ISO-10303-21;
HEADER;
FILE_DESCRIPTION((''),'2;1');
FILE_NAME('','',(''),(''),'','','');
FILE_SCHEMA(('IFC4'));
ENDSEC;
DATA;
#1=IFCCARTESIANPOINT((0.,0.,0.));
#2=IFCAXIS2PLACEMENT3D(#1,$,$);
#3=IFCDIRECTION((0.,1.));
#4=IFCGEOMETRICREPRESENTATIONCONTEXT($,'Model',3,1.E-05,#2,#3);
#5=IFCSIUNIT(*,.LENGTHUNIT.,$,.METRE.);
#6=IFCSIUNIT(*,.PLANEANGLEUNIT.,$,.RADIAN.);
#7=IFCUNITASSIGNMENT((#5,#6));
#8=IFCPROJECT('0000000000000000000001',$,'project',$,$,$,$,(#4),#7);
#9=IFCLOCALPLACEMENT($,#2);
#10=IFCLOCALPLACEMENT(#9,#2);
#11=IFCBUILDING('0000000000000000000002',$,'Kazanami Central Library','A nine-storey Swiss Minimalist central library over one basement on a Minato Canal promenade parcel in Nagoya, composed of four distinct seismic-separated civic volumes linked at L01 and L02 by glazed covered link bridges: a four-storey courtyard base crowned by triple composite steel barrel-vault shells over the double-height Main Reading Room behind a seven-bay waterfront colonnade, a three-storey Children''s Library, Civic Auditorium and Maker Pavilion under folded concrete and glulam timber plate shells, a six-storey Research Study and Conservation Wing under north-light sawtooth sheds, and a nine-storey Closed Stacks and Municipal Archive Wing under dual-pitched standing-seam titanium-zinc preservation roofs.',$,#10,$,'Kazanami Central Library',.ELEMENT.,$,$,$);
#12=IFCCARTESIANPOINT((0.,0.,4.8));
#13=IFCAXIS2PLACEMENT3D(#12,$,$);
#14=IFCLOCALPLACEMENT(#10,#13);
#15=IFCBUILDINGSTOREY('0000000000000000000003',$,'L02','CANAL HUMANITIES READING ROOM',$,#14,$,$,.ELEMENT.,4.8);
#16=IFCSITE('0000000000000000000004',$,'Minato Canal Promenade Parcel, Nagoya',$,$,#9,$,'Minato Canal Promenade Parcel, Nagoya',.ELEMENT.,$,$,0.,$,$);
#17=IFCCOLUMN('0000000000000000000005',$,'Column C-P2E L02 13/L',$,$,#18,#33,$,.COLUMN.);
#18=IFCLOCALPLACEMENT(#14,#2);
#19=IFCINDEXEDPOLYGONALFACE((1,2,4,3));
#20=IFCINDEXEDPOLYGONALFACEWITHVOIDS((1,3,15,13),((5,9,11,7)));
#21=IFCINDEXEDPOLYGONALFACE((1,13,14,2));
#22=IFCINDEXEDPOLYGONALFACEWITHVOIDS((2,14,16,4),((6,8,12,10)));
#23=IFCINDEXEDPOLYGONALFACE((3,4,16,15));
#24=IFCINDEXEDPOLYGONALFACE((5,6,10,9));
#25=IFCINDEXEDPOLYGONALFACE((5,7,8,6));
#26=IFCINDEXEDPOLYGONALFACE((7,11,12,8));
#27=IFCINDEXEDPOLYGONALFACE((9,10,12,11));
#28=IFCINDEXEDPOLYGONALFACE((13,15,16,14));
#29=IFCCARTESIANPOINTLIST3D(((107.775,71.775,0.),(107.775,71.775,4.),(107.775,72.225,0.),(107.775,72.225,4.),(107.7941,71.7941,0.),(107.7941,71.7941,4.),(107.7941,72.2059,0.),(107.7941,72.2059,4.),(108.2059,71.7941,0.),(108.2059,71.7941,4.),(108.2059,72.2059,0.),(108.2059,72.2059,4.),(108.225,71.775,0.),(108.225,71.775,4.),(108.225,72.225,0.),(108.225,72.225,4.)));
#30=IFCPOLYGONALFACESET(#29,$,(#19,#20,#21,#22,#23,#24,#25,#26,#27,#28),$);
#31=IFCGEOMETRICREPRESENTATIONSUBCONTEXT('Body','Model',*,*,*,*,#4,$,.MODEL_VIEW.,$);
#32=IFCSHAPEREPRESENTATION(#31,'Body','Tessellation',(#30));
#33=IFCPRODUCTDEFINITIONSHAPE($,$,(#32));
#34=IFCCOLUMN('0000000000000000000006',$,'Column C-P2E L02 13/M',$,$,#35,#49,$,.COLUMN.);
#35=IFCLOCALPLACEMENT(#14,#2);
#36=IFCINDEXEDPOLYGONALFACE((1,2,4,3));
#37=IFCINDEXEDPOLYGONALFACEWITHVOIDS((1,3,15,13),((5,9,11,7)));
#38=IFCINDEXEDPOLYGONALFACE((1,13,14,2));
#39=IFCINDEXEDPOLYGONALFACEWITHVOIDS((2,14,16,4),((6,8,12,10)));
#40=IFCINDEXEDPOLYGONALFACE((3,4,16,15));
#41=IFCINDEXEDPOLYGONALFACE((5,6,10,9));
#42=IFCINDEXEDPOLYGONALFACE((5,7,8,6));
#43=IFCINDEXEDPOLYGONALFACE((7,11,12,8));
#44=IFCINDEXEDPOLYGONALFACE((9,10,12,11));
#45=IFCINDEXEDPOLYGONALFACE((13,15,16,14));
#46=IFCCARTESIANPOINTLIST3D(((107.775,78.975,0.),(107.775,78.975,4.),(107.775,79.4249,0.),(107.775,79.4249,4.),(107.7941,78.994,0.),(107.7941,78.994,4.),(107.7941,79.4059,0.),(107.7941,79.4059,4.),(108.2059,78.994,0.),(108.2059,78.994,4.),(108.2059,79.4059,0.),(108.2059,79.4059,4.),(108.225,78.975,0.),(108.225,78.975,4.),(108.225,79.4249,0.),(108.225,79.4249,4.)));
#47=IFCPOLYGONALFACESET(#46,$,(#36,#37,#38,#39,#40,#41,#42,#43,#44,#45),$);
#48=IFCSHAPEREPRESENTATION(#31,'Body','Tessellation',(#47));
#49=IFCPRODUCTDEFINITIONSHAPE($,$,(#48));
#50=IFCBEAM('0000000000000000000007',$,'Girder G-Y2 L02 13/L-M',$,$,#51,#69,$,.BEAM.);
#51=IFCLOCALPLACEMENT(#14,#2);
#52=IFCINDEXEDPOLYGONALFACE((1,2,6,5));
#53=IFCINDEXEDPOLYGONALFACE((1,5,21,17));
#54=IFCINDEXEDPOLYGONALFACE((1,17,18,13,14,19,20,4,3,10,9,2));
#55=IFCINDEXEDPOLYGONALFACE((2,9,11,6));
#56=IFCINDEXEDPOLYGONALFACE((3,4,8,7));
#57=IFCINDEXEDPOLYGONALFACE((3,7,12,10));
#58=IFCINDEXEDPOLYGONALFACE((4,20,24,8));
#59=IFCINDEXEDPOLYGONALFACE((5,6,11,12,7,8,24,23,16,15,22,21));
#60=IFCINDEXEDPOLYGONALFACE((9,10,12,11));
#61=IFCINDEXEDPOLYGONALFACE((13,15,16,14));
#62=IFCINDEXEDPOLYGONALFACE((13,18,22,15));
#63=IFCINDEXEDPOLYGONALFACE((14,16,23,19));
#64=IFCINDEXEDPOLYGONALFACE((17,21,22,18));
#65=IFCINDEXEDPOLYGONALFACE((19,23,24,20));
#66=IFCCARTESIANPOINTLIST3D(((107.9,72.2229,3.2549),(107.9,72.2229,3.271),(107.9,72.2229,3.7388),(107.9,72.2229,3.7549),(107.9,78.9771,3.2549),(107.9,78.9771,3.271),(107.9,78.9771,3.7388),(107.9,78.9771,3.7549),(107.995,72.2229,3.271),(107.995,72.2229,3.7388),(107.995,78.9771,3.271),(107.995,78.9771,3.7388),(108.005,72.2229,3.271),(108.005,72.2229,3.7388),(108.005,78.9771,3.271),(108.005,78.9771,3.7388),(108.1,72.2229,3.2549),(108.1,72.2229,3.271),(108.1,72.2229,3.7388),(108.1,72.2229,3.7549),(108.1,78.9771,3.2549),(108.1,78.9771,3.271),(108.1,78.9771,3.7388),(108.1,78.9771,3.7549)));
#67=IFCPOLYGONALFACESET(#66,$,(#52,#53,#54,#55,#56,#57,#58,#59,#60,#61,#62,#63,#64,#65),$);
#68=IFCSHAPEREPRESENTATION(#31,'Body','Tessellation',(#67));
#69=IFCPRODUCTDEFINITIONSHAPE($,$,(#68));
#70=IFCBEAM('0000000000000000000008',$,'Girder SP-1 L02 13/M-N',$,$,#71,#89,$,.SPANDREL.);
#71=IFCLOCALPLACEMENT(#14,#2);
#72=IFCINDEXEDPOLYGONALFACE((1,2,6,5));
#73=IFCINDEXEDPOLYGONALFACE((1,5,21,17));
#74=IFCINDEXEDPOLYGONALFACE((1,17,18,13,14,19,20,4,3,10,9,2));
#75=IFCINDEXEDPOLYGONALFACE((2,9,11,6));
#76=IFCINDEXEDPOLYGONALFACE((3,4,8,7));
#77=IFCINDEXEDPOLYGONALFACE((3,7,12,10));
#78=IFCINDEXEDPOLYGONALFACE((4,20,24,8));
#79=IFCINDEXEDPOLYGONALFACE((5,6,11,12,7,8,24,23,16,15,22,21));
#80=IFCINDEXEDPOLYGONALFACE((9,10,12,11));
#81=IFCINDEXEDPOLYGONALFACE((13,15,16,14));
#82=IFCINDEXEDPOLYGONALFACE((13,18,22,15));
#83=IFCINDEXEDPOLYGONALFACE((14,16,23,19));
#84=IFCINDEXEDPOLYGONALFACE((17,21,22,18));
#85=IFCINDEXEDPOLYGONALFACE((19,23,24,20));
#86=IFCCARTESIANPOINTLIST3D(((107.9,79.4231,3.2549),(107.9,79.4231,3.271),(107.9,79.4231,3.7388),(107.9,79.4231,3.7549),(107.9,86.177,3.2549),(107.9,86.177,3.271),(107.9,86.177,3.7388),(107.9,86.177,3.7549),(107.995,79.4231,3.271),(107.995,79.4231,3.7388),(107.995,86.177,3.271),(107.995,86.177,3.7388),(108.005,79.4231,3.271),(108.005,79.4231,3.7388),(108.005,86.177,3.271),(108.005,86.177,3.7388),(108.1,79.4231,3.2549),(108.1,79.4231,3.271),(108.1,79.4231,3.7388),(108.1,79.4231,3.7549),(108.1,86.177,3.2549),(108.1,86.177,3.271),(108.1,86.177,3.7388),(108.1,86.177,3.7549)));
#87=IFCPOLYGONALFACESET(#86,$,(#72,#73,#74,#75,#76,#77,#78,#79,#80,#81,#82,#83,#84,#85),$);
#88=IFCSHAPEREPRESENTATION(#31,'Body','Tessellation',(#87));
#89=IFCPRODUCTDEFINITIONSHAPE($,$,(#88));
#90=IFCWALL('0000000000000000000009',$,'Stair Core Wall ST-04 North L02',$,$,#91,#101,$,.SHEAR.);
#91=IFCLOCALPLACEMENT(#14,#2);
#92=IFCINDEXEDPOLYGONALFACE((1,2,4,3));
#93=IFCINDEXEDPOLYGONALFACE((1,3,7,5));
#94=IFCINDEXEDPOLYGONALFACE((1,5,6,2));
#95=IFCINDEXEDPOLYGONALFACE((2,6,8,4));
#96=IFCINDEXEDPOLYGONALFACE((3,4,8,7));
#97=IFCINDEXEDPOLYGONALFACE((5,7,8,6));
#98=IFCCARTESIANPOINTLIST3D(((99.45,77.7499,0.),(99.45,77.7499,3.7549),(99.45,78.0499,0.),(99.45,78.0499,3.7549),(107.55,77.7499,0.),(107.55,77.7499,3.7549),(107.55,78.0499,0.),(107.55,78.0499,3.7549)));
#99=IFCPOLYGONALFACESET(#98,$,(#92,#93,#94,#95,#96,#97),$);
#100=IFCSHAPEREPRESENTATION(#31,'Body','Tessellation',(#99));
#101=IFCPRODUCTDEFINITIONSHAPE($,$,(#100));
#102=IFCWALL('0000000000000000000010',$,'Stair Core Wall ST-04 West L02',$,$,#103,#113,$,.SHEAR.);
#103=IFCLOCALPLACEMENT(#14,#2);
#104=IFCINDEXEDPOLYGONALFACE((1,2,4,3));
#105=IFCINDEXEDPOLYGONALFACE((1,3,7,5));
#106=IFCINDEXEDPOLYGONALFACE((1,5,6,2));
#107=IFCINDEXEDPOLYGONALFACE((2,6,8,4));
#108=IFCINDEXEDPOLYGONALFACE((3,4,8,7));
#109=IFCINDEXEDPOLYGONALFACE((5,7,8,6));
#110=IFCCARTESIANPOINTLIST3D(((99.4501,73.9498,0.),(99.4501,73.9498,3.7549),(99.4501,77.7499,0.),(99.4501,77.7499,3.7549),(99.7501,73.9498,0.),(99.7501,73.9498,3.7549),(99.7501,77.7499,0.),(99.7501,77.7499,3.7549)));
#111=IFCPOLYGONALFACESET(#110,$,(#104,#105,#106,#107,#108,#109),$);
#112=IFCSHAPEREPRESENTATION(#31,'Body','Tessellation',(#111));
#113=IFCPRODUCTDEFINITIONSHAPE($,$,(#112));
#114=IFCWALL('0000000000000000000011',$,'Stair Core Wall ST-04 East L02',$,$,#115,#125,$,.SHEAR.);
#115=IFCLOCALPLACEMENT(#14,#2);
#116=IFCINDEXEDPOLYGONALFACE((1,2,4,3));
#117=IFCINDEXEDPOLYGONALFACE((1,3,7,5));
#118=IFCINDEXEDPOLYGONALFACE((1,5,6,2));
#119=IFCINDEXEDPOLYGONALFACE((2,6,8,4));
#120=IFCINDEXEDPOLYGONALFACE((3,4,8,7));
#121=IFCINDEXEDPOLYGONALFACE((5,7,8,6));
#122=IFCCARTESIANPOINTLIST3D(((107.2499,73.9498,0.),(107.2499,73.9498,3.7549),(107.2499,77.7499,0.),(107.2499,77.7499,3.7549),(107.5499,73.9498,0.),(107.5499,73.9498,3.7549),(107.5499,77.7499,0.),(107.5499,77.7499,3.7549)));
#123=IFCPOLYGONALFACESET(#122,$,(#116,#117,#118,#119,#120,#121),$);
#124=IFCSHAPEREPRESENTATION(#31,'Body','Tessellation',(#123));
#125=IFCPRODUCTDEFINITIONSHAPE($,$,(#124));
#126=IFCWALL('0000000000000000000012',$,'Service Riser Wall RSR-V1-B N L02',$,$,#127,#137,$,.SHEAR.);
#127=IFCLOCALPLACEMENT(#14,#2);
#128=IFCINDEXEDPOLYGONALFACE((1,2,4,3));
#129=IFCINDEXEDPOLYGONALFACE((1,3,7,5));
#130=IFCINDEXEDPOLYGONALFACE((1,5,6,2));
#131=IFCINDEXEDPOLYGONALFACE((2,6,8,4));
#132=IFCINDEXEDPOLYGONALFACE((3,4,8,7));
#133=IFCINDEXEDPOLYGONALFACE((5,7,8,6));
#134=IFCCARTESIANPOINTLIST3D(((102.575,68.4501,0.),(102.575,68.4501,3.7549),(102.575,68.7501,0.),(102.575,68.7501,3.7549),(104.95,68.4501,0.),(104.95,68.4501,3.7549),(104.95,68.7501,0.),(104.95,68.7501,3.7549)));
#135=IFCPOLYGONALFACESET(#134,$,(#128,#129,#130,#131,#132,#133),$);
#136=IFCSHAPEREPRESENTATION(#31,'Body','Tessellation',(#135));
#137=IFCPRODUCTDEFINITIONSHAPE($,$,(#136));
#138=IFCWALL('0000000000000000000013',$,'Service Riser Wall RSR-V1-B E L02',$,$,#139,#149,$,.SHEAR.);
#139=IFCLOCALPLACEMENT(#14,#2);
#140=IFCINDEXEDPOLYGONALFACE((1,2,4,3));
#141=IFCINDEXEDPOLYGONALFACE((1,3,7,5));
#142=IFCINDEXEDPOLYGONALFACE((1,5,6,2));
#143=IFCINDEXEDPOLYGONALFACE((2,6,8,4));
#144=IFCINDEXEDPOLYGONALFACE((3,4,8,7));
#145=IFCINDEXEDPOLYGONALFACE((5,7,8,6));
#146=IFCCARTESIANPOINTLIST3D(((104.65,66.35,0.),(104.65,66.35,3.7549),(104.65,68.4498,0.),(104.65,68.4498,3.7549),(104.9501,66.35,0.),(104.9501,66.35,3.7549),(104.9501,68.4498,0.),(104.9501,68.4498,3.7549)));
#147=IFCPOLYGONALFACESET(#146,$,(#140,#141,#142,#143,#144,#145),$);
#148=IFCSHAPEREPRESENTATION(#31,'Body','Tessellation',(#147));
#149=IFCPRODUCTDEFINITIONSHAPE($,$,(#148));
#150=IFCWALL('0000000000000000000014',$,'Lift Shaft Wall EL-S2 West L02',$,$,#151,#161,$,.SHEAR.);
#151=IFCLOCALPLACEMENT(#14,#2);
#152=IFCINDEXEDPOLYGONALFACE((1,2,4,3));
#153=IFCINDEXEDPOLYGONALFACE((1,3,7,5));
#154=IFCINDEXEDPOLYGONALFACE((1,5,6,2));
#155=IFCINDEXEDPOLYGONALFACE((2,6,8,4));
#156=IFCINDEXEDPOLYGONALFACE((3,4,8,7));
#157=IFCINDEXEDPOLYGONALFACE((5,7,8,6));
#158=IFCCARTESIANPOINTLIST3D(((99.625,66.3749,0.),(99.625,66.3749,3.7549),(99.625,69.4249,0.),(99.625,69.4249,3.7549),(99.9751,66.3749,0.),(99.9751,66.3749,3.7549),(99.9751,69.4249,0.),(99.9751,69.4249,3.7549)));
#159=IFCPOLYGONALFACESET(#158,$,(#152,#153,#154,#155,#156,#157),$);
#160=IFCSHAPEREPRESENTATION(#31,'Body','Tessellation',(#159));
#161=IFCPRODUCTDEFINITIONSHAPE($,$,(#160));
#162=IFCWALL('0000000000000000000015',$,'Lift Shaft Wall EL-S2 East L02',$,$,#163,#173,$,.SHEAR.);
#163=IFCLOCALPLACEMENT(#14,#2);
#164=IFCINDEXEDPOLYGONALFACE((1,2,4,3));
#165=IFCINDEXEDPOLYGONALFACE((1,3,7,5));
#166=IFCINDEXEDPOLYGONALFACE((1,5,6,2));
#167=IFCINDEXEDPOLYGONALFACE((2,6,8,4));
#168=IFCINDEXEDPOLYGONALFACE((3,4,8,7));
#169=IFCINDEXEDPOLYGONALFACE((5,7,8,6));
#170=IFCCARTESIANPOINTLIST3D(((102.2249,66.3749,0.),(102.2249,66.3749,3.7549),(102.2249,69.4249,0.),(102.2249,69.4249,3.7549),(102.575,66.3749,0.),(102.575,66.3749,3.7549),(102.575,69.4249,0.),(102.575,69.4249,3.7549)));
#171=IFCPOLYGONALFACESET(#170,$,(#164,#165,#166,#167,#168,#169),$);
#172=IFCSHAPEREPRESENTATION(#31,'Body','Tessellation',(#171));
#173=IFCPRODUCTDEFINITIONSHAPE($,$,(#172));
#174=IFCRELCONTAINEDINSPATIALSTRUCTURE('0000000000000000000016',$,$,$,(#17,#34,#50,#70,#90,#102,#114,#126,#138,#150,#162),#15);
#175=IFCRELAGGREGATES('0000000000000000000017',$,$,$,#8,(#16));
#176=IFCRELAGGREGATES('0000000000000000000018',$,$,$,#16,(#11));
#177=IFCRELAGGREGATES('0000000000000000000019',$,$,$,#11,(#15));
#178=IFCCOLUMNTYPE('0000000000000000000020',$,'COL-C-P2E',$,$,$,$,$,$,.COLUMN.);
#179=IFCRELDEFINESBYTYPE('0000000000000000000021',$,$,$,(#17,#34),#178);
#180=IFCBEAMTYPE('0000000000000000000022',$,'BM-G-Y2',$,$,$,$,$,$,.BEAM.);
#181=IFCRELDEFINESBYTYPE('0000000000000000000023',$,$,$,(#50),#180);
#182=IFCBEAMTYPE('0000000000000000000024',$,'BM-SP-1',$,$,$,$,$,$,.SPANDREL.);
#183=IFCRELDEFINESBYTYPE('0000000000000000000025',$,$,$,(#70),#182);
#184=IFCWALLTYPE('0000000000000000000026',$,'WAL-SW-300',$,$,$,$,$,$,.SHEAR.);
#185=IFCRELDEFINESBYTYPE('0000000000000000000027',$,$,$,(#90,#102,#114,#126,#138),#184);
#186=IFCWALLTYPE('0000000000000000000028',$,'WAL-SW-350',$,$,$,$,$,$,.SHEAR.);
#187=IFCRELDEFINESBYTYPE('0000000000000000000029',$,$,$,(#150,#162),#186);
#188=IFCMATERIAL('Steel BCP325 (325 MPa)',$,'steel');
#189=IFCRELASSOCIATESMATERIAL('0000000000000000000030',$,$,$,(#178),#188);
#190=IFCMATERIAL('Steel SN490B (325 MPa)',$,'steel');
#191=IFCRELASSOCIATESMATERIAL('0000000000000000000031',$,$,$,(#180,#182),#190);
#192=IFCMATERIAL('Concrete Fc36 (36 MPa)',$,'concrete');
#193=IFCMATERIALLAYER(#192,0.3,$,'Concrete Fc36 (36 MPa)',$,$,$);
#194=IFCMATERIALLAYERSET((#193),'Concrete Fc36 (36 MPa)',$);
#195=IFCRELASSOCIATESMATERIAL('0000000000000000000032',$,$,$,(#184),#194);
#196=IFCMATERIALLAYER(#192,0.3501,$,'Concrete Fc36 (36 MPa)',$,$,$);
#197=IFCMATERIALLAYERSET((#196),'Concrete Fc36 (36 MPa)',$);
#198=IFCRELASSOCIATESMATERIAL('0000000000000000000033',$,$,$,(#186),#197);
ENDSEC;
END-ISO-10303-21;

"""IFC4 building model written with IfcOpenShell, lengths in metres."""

from ifc_helpers import new_model, si_unit, direction, frame, frame_2d, origin, origin_2d, place, context, subcontext, project, spatial, rectangle, hollow_rectangle, i_section, extrude, material, layer, layer_set, material_profile, profile_set, type_object, element, save


model = new_model("IFC4")

# Units and contexts
model_context = context("Model", 3, precision=1e-05, world=origin(), true_north=direction((0.0, 1.0)))
body_context = subcontext(model_context, "Body", "Model", "MODEL_VIEW")
ifc_project = project(units=[si_unit("LENGTHUNIT", "METRE"), si_unit("PLANEANGLEUNIT", "RADIAN")], contexts=[model_context])

# Site, building, storey
site_placement = place(None, origin())
site = spatial("IfcSite", under=ifc_project, at=site_placement, Name="Minato Canal Promenade Parcel, Nagoya", LongName="Minato Canal Promenade Parcel, Nagoya", CompositionType="ELEMENT", RefElevation=0.0)
building_placement = place(site_placement, origin())
building = spatial("IfcBuilding", under=site, at=building_placement, Name="Kazanami Central Library", Description="A nine-storey Swiss Minimalist central library over one basement on a Minato Canal promenade parcel in Nagoya, composed of four distinct seismic-separated civic volumes linked at L01 and L02 by glazed covered link bridges: a four-storey courtyard base crowned by triple composite steel barrel-vault shells over the double-height Main Reading Room behind a seven-bay waterfront colonnade, a three-storey Children's Library, Civic Auditorium and Maker Pavilion under folded concrete and glulam timber plate shells, a six-storey Research Study and Conservation Wing under north-light sawtooth sheds, and a nine-storey Closed Stacks and Municipal Archive Wing under dual-pitched standing-seam titanium-zinc preservation roofs.", LongName="Kazanami Central Library", CompositionType="ELEMENT")
storey_placement = place(building_placement, frame((0.0, 0.0, 4.8)))
storey = spatial("IfcBuildingStorey", under=building, at=storey_placement, Name="L02", Description="CANAL HUMANITIES READING ROOM", CompositionType="ELEMENT", Elevation=4.8)

# Columns
ifc_material_1 = material(Name="Steel BCP325 (325 MPa)", Category="steel")
ifc_material_profile_1 = material_profile(ifc_material_1, hollow_rectangle(XDim=0.45, YDim=0.45, WallThickness=0.019, at=origin_2d()), Name="BCP-450x450x19")
ifc_profile_set_1 = profile_set([ifc_material_profile_1], Name="Steel BCP325 (325 MPa)")
column_type = type_object("IfcColumnType", Name="COL-C-P2E", PredefinedType="COLUMN", material=ifc_profile_set_1)
for number, where, z_axis, x_axis, name in (
    (1, (108.0, 72.0, 0.0), (0.0, 0.0, 1.0), (1.0, 0.0, 0.0), "Column C-P2E L02 13/L"),
    (2, (108.0, 79.2, 0.0), (0.0, 0.0, 1.0), (1.0, 0.0, 0.0), "Column C-P2E L02 13/M"),
):
    element("IfcColumn", number, at=place(storey_placement, frame(where, z_axis=z_axis, x_axis=x_axis)), inside=storey, type_object=column_type, Name=name, PredefinedType="COLUMN", context=body_context, shape_type="SweptSolid", body=[
        extrude(hollow_rectangle(XDim=0.45, YDim=0.45, WallThickness=0.019, at=origin_2d()), origin(), (0.0, 0.0, 1.0), 4.0),
    ])

# Beams
ifc_material_2 = material(Name="Steel SN490B (325 MPa)", Category="steel")
ifc_material_profile_2 = material_profile(ifc_material_2, i_section(OverallWidth=0.2, OverallDepth=0.5, WebThickness=0.01, FlangeThickness=0.0161, at=origin_2d()), Name="H-500x200x10x16")
ifc_profile_set_2 = profile_set([ifc_material_profile_2], Name="Steel SN490B (325 MPa)")
beam_type_1 = type_object("IfcBeamType", Name="BM-G-Y2", PredefinedType="BEAM", material=ifc_profile_set_2)
beam_1_placement = place(storey_placement, frame((108.0, 72.2229, 3.5049), z_axis=(0.0, 1.0, 0.0), x_axis=(-1.0, 0.0, 0.0)))
element("IfcBeam", 3, at=beam_1_placement, inside=storey, type_object=beam_type_1, Name="Girder G-Y2 L02 13/L-M", PredefinedType="BEAM", context=body_context, shape_type="SweptSolid", body=[
    extrude(i_section(OverallWidth=0.2, OverallDepth=0.5, WebThickness=0.01, FlangeThickness=0.0161, at=origin_2d()), origin(), (0.0, 0.0, 1.0), 6.7542),
])
ifc_material_profile_3 = material_profile(ifc_material_2, i_section(OverallWidth=0.2, OverallDepth=0.5, WebThickness=0.01, FlangeThickness=0.0161, at=origin_2d()), Name="H-500x200x10x16")
ifc_profile_set_3 = profile_set([ifc_material_profile_3], Name="Steel SN490B (325 MPa)")
beam_type_2 = type_object("IfcBeamType", Name="BM-SP-1", PredefinedType="SPANDREL", material=ifc_profile_set_3)
beam_2_placement = place(storey_placement, frame((108.0, 79.4231, 3.5049), z_axis=(0.0, 1.0, 0.0), x_axis=(-1.0, 0.0, 0.0)))
element("IfcBeam", 4, at=beam_2_placement, inside=storey, type_object=beam_type_2, Name="Girder SP-1 L02 13/M-N", PredefinedType="SPANDREL", context=body_context, shape_type="SweptSolid", body=[
    extrude(i_section(OverallWidth=0.2, OverallDepth=0.5, WebThickness=0.01, FlangeThickness=0.0161, at=origin_2d()), origin(), (0.0, 0.0, 1.0), 6.7539),
])

# Walls
ifc_material_3 = material(Name="Concrete Fc36 (36 MPa)", Category="concrete")
ifc_layer_1 = layer(ifc_material_3, 0.3, Name="Concrete Fc36 (36 MPa)")
ifc_layer_set_1 = layer_set([ifc_layer_1], Name="Concrete Fc36 (36 MPa)")
wall_type_1 = type_object("IfcWallType", Name="WAL-SW-300", PredefinedType="SHEAR", material=ifc_layer_set_1)
wall_1_placement = place(storey_placement, frame((99.45, 77.8999, 0.0), z_axis=(0.0, 0.0, 1.0), x_axis=(1.0, 0.0, 0.0)))
element("IfcWall", 5, at=wall_1_placement, inside=storey, type_object=wall_type_1, Name="Stair Core Wall ST-04 North L02", PredefinedType="SHEAR", context=body_context, shape_type="SweptSolid", body=[
    extrude(rectangle(XDim=8.1001, YDim=0.3, at=frame_2d((4.05, 0.0))), origin(), (0.0, 0.0, 1.0), 3.7549),
])
for number, where, z_axis, x_axis, name in (
    (6, (99.6001, 73.95, 0.0), (0.0, 0.0, 1.0), (0.0, 1.0, 0.0), "Stair Core Wall ST-04 West L02"),
    (7, (107.3999, 73.95, 0.0), (0.0, 0.0, 1.0), (0.0, 1.0, 0.0), "Stair Core Wall ST-04 East L02"),
):
    element("IfcWall", number, at=place(storey_placement, frame(where, z_axis=z_axis, x_axis=x_axis)), inside=storey, type_object=wall_type_1, Name=name, PredefinedType="SHEAR", context=body_context, shape_type="SweptSolid", body=[
        extrude(rectangle(XDim=3.8, YDim=0.3, at=frame_2d((1.8999, 0.0))), origin(), (0.0, 0.0, 1.0), 3.7549),
    ])
wall_2_placement = place(storey_placement, frame((102.575, 68.6001, 0.0), z_axis=(0.0, 0.0, 1.0), x_axis=(1.0, 0.0, 0.0)))
element("IfcWall", 8, at=wall_2_placement, inside=storey, type_object=wall_type_1, Name="Service Riser Wall RSR-V1-B N L02", PredefinedType="SHEAR", context=body_context, shape_type="SweptSolid", body=[
    extrude(rectangle(XDim=2.375, YDim=0.3, at=frame_2d((1.1875, 0.0))), origin(), (0.0, 0.0, 1.0), 3.7549),
])
wall_3_placement = place(storey_placement, frame((104.8, 66.3501, 0.0), z_axis=(0.0, 0.0, 1.0), x_axis=(0.0, 1.0, 0.0)))
element("IfcWall", 9, at=wall_3_placement, inside=storey, type_object=wall_type_1, Name="Service Riser Wall RSR-V1-B E L02", PredefinedType="SHEAR", context=body_context, shape_type="SweptSolid", body=[
    extrude(rectangle(XDim=2.0999, YDim=0.3, at=frame_2d((1.0498, 0.0))), origin(), (0.0, 0.0, 1.0), 3.7549),
])

# Shared definitions
ifc_layer_2 = layer(ifc_material_3, 0.3501, Name="Concrete Fc36 (36 MPa)")
ifc_layer_set_2 = layer_set([ifc_layer_2], Name="Concrete Fc36 (36 MPa)")
wall_type_2 = type_object("IfcWallType", Name="WAL-SW-350", PredefinedType="SHEAR", material=ifc_layer_set_2)

# Walls
for number, where, z_axis, x_axis, name in (
    (10, (99.8, 66.375, 0.0), (0.0, 0.0, 1.0), (0.0, 1.0, 0.0), "Lift Shaft Wall EL-S2 West L02"),
    (11, (102.3999, 66.375, 0.0), (0.0, 0.0, 1.0), (0.0, 1.0, 0.0), "Lift Shaft Wall EL-S2 East L02"),
):
    element("IfcWall", number, at=place(storey_placement, frame(where, z_axis=z_axis, x_axis=x_axis)), inside=storey, type_object=wall_type_2, Name=name, PredefinedType="SHEAR", context=body_context, shape_type="SweptSolid", body=[
        extrude(rectangle(XDim=3.05, YDim=0.3501, at=frame_2d((1.5249, 0.0))), origin(), (0.0, 0.0, 1.0), 3.7549),
    ])

save(model, "model.ifc")
